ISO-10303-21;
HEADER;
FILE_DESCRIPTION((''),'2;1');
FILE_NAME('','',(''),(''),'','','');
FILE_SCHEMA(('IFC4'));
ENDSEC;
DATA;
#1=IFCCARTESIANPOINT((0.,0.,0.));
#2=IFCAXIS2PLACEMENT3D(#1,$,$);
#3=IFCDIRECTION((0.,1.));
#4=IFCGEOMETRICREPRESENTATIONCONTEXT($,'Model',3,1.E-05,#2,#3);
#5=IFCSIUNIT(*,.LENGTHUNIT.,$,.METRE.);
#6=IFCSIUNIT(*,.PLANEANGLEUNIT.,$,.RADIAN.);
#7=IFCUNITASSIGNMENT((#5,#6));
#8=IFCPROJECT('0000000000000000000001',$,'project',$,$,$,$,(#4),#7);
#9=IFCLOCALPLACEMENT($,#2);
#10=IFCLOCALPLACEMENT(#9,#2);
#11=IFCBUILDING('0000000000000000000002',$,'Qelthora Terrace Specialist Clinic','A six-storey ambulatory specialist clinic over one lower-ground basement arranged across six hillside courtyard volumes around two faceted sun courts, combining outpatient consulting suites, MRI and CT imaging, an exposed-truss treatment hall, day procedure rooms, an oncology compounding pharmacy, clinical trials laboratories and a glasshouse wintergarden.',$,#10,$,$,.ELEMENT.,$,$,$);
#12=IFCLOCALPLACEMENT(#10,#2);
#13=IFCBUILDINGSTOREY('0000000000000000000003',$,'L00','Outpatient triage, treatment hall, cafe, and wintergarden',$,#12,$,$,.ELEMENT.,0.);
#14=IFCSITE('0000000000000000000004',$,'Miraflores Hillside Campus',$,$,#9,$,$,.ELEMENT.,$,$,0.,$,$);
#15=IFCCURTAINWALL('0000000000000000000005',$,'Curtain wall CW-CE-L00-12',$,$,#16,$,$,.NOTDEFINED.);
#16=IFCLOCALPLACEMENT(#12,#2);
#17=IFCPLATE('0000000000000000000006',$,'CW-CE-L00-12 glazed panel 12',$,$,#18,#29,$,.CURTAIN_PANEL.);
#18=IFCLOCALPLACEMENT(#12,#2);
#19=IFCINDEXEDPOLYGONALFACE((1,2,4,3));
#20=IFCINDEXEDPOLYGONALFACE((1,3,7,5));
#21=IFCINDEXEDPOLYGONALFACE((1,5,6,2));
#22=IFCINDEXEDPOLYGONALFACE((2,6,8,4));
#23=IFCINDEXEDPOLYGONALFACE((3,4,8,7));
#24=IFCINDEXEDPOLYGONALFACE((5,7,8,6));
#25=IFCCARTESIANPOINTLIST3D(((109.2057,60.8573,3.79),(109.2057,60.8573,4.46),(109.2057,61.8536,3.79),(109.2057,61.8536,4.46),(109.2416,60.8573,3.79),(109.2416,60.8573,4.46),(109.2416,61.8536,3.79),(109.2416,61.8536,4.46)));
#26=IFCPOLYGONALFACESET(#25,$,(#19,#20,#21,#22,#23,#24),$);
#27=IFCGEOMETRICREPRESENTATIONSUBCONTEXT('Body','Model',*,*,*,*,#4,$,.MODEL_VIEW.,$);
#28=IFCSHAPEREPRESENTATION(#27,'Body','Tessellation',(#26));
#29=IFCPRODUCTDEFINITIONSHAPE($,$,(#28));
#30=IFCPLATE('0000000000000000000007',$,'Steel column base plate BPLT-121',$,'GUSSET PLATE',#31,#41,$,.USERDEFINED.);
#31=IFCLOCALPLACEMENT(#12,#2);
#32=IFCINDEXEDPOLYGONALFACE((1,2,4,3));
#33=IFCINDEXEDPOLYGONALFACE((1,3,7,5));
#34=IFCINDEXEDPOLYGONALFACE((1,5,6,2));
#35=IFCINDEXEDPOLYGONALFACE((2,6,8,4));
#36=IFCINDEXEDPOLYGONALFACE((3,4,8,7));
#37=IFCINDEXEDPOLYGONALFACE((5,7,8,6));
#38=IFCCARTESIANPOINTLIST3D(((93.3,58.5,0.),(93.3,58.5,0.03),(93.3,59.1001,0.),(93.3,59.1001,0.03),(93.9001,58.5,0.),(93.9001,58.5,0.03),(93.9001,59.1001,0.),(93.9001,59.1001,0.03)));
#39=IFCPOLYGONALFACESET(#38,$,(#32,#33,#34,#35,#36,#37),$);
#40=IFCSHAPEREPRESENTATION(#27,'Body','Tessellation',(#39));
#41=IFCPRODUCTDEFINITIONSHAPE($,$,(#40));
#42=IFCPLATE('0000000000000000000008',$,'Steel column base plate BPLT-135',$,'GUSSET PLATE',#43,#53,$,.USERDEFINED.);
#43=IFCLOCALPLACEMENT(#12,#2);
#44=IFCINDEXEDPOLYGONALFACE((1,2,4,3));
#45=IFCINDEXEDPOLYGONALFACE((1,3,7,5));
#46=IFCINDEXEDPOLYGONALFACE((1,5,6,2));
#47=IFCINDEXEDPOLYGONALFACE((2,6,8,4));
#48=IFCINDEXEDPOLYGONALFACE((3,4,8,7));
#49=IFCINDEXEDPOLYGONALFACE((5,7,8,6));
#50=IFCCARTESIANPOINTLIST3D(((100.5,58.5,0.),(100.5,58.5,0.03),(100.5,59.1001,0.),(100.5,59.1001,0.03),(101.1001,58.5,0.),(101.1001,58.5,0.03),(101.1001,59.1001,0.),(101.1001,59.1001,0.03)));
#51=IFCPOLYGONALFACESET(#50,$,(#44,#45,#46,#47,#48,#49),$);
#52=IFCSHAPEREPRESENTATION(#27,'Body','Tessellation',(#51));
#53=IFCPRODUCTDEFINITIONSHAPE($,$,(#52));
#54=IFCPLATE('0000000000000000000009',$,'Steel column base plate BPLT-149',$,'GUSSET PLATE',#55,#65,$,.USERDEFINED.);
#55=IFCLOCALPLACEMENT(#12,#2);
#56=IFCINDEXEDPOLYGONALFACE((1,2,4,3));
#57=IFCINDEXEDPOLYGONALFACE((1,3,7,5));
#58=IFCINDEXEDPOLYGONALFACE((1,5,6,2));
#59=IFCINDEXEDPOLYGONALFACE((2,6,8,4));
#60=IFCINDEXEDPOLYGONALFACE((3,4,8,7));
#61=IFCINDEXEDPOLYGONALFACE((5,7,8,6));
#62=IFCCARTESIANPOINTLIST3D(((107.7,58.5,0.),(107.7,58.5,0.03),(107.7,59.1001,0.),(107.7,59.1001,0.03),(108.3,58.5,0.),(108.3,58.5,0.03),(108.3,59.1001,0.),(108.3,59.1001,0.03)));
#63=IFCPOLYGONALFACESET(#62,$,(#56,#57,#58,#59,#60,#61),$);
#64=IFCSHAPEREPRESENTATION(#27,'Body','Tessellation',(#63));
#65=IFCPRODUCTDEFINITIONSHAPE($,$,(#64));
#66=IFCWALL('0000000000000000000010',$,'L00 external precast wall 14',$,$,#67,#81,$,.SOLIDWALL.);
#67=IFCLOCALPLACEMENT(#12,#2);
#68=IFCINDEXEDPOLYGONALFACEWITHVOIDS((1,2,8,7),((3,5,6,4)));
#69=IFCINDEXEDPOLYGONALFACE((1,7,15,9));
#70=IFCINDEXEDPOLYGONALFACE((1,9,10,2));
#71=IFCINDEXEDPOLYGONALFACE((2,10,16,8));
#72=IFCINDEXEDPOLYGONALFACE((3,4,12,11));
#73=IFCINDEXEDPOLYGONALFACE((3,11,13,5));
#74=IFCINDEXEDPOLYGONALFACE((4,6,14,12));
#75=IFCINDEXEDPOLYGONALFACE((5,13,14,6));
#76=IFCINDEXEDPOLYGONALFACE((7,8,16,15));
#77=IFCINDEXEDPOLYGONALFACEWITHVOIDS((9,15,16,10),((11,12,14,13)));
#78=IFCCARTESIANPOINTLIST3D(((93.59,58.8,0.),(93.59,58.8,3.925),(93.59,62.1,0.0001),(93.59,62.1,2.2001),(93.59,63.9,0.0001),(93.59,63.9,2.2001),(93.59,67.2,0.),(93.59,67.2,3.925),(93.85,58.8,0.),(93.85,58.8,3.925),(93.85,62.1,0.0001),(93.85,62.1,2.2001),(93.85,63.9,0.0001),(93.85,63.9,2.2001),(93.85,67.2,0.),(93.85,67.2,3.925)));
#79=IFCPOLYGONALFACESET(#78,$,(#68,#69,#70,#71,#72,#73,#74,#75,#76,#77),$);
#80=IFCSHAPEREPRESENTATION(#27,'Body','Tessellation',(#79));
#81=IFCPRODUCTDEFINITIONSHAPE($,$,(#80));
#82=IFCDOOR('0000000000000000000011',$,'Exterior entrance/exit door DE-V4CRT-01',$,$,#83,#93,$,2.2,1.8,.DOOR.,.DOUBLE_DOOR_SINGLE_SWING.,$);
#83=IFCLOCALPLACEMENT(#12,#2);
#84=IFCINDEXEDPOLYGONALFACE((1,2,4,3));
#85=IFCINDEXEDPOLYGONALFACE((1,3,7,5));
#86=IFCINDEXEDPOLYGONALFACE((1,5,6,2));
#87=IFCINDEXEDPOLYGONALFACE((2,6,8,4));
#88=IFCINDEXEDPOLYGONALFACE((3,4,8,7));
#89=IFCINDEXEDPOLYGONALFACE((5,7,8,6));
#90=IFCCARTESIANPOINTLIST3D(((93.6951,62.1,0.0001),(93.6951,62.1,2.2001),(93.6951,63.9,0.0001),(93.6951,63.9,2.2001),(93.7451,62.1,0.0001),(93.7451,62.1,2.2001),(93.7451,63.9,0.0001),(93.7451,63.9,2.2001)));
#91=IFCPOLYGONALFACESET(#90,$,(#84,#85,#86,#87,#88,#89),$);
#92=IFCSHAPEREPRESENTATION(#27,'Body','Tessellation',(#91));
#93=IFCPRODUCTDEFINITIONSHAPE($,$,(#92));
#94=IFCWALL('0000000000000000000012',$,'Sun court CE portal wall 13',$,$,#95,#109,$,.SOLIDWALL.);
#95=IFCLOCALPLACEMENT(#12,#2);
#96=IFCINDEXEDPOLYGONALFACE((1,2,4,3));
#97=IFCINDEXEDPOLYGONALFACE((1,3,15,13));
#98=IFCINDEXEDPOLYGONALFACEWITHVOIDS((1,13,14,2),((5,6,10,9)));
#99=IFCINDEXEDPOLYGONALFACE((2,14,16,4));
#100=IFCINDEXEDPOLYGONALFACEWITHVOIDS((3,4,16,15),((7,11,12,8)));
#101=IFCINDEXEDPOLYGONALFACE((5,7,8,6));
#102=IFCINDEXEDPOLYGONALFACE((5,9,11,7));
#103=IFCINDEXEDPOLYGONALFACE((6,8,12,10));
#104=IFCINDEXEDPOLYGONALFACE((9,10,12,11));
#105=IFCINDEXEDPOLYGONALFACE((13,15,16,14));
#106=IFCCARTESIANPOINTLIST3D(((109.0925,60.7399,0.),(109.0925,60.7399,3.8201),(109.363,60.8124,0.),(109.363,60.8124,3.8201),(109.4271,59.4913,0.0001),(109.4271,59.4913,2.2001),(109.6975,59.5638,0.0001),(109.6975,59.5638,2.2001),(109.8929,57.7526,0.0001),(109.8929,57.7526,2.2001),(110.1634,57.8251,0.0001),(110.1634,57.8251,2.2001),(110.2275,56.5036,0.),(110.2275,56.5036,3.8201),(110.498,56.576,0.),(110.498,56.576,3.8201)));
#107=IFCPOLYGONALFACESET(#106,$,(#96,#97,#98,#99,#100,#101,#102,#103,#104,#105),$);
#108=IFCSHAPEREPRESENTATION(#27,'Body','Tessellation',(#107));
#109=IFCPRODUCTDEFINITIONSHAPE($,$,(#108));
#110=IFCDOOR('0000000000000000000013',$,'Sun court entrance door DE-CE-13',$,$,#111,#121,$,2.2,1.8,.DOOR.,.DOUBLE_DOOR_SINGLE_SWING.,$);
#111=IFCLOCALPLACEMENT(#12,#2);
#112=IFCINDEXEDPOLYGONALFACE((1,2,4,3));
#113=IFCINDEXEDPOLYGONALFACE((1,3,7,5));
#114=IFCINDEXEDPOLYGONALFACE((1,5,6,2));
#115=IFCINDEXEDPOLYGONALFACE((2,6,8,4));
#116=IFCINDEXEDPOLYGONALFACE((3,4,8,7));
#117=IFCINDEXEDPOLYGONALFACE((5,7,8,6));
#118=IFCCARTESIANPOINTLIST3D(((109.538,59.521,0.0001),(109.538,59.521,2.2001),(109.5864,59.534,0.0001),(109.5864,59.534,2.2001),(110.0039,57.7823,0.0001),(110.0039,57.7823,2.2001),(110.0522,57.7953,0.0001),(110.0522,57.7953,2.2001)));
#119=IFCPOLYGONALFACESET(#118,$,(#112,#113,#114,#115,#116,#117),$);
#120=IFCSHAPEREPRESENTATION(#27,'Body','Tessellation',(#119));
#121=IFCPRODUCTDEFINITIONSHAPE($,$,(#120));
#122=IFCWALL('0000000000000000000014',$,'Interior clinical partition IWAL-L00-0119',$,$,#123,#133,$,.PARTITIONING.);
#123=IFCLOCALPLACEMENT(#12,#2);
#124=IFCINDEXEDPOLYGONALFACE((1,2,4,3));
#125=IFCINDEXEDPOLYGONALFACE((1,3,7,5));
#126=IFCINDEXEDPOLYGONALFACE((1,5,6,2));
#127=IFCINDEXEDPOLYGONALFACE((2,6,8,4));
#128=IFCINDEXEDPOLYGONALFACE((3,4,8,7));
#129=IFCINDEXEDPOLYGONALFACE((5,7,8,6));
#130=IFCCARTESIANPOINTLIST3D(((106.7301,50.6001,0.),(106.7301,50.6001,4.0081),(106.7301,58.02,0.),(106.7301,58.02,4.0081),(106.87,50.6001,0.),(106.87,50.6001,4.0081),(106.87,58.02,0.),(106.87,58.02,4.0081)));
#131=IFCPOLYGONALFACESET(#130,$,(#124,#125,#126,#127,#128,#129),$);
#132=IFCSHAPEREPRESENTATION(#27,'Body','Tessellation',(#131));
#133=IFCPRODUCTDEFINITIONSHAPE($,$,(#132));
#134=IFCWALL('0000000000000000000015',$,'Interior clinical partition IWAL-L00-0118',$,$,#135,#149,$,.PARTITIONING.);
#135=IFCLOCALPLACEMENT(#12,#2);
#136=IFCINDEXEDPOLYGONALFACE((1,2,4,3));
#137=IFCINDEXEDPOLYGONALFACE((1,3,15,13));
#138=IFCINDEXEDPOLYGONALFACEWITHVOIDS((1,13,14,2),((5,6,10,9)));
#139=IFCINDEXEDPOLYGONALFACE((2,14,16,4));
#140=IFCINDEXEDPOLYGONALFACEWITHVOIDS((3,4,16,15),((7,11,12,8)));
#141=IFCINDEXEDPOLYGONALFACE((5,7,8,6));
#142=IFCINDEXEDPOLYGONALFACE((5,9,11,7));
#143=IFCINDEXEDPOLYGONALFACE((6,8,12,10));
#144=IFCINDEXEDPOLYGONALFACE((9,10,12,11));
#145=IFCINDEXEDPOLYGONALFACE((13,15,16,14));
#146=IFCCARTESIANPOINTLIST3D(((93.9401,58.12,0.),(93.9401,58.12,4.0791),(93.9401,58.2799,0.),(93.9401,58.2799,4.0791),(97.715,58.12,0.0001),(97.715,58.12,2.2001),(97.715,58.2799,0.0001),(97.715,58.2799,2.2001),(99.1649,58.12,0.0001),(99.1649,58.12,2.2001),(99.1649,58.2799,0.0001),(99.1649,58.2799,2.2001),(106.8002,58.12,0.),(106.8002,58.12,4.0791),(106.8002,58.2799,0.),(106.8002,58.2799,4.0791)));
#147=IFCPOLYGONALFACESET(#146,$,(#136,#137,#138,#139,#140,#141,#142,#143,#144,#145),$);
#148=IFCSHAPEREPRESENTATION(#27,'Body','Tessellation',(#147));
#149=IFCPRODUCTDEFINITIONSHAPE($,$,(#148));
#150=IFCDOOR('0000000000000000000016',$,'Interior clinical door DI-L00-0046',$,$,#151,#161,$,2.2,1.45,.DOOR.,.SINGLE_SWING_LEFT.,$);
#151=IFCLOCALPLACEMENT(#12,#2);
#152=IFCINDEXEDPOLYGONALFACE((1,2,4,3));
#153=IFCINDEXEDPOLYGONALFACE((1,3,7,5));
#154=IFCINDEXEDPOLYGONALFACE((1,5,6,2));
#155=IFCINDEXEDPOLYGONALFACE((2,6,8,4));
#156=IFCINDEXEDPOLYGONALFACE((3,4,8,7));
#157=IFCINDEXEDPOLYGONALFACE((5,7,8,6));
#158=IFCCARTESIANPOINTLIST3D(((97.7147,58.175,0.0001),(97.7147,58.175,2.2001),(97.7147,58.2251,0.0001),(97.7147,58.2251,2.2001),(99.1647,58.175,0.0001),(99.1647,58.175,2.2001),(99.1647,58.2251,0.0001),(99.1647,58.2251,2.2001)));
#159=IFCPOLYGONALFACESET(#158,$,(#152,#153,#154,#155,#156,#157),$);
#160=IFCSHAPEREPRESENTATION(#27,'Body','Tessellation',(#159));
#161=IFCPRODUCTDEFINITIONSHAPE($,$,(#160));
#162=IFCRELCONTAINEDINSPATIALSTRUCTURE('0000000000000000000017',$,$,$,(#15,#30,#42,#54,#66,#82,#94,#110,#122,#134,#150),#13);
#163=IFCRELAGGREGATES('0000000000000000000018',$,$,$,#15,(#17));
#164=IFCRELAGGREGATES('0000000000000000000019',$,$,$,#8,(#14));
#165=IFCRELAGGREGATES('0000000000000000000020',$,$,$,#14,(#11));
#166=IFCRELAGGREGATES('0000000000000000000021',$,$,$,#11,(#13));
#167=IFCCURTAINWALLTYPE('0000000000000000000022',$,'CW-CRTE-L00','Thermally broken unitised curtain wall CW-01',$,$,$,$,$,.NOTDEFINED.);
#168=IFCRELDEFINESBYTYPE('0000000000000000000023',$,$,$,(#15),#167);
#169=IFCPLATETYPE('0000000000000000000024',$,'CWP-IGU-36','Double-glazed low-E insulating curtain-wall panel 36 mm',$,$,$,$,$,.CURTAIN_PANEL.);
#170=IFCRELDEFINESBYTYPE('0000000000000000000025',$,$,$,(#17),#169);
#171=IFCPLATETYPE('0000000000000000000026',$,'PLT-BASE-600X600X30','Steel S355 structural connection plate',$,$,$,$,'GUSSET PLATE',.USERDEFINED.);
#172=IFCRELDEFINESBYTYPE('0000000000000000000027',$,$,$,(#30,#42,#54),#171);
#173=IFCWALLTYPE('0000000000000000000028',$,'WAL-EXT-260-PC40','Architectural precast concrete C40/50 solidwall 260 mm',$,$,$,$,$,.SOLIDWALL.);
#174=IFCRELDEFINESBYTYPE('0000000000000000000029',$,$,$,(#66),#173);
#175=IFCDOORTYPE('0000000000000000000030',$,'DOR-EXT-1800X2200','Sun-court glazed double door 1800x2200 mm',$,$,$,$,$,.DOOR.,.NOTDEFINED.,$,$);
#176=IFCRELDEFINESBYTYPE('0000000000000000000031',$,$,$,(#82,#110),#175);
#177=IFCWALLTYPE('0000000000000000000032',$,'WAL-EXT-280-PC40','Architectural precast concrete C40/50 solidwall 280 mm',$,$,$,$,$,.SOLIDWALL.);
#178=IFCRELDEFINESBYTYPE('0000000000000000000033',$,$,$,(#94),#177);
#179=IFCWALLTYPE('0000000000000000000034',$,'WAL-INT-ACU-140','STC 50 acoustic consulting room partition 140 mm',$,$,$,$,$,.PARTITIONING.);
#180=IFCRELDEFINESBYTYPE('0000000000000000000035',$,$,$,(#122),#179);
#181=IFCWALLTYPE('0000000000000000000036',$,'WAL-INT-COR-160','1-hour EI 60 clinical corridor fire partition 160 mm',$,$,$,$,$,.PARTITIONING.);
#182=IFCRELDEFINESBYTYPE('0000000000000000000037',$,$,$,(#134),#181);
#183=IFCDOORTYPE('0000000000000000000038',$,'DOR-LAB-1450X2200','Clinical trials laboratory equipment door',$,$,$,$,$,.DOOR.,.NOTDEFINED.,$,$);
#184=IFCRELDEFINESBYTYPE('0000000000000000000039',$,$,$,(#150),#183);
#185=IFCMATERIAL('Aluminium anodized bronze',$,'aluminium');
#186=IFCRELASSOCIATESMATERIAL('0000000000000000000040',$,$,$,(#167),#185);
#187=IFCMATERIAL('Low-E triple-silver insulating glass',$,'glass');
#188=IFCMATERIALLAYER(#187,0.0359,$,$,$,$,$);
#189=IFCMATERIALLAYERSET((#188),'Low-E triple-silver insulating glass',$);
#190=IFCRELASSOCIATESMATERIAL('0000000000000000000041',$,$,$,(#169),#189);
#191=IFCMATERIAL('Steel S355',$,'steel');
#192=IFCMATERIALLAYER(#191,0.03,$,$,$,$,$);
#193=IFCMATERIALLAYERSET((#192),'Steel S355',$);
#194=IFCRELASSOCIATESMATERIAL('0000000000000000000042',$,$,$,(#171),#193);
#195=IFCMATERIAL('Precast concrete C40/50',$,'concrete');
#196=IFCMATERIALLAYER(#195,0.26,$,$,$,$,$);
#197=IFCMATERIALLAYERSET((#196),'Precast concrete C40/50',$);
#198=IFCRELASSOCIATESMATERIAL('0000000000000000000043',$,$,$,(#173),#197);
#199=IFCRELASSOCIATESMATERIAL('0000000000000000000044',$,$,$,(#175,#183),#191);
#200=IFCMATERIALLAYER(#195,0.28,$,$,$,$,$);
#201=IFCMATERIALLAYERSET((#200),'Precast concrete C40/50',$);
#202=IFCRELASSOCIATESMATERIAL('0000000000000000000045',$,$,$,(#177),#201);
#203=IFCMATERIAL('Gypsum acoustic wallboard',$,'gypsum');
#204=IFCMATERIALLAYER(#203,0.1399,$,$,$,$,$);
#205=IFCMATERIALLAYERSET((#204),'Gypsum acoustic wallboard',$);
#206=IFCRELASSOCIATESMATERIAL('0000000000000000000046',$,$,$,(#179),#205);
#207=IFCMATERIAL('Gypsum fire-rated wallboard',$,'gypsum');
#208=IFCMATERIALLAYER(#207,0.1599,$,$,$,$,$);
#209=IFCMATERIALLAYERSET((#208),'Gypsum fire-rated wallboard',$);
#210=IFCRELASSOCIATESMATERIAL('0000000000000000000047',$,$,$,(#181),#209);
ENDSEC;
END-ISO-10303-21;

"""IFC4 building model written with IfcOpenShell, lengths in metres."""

from ifc_helpers import new_model, si_unit, direction, frame, frame_2d, origin, origin_2d, place, context, subcontext, project, spatial, rectangle, extrude, material, layer, layer_set, type_object, element, fill, aggregate, save


model = new_model("IFC4")

# Units and contexts
model_context = context("Model", 3, precision=1e-05, world=origin(), true_north=direction((0.0, 1.0)))
body_context = subcontext(model_context, "Body", "Model", "MODEL_VIEW")
ifc_project = project(units=[si_unit("LENGTHUNIT", "METRE"), si_unit("PLANEANGLEUNIT", "RADIAN")], contexts=[model_context])

# Site, building, storey
site_placement = place(None, origin())
site = spatial("IfcSite", under=ifc_project, at=site_placement, Name="Miraflores Hillside Campus", CompositionType="ELEMENT", RefElevation=0.0)
building_placement = place(site_placement, origin())
building = spatial("IfcBuilding", under=site, at=building_placement, Name="Qelthora Terrace Specialist Clinic", Description="A six-storey ambulatory specialist clinic over one lower-ground basement arranged across six hillside courtyard volumes around two faceted sun courts, combining outpatient consulting suites, MRI and CT imaging, an exposed-truss treatment hall, day procedure rooms, an oncology compounding pharmacy, clinical trials laboratories and a glasshouse wintergarden.", CompositionType="ELEMENT")
storey_placement = place(building_placement, origin())
storey = spatial("IfcBuildingStorey", under=building, at=storey_placement, Name="L00", Description="Outpatient triage, treatment hall, cafe, and wintergarden", CompositionType="ELEMENT", Elevation=0.0)

# Shared definitions
ifc_material_1 = material(Name="Steel S355", Category="steel")

# Curtain wall
ifc_material_2 = material(Name="Aluminium anodized bronze", Category="aluminium")
curtain_wall_type = type_object("IfcCurtainWallType", Name="CW-CRTE-L00", Description="Thermally broken unitised curtain wall CW-01", PredefinedType="NOTDEFINED", material=ifc_material_2)
curtain_wall_1_placement = place(storey_placement, origin())
curtain_wall_1 = element("IfcCurtainWall", 1, at=curtain_wall_1_placement, inside=storey, type_object=curtain_wall_type, Name="Curtain wall CW-CE-L00-12", PredefinedType="NOTDEFINED")

# Plate
ifc_material_3 = material(Name="Low-E triple-silver insulating glass", Category="glass")
ifc_layer_1 = layer(ifc_material_3, 0.0359)
ifc_layer_set_1 = layer_set([ifc_layer_1], Name="Low-E triple-silver insulating glass")
plate_type_1 = type_object("IfcPlateType", Name="CWP-IGU-36", Description="Double-glazed low-E insulating curtain-wall panel 36 mm", PredefinedType="CURTAIN_PANEL", material=ifc_layer_set_1)
plate_1_placement = place(storey_placement, frame((109.2236, 61.3555, 3.79), z_axis=(0.0, 0.0, 1.0), x_axis=(0.0, -1.0, 0.0)))
plate_1 = element("IfcPlate", 2, at=plate_1_placement, type_object=plate_type_1, Name="CW-CE-L00-12 glazed panel 12", PredefinedType="CURTAIN_PANEL", context=body_context, shape_type="SweptSolid", body=[
    extrude(rectangle(XDim=0.9963, YDim=0.0359, at=origin_2d()), origin(), (0.0, 0.0, 1.0), 0.6699),
])
aggregate(curtain_wall_1, [plate_1])

# Plates
ifc_layer_2 = layer(ifc_material_1, 0.03)
ifc_layer_set_2 = layer_set([ifc_layer_2], Name="Steel S355")
plate_type_2 = type_object("IfcPlateType", Name="PLT-BASE-600X600X30", Description="Steel S355 structural connection plate", ElementType="GUSSET PLATE", PredefinedType="USERDEFINED", material=ifc_layer_set_2)
for number, where, z_axis, x_axis, name in (
    (3, (93.6001, 58.8, 0.0), (0.0, 0.0, 1.0), (1.0, 0.0, 0.0), "Steel column base plate BPLT-121"),
    (4, (100.8, 58.8, 0.0), (0.0, 0.0, 1.0), (1.0, 0.0, 0.0), "Steel column base plate BPLT-135"),
    (5, (108.0, 58.8, 0.0), (0.0, 0.0, 1.0), (1.0, 0.0, 0.0), "Steel column base plate BPLT-149"),
):
    element("IfcPlate", number, at=place(storey_placement, frame(where, z_axis=z_axis, x_axis=x_axis)), inside=storey, type_object=plate_type_2, Name=name, ObjectType="GUSSET PLATE", PredefinedType="USERDEFINED", context=body_context, shape_type="SweptSolid", body=[
        extrude(rectangle(XDim=0.6001, YDim=0.6001, at=origin_2d()), origin(), (0.0, 0.0, 1.0), 0.03),
    ])

# Walls, openings, doors
ifc_material_4 = material(Name="Precast concrete C40/50", Category="concrete")
ifc_layer_3 = layer(ifc_material_4, 0.26)
ifc_layer_set_3 = layer_set([ifc_layer_3], Name="Precast concrete C40/50")
wall_type_1 = type_object("IfcWallType", Name="WAL-EXT-260-PC40", Description="Architectural precast concrete C40/50 solidwall 260 mm", PredefinedType="SOLIDWALL", material=ifc_layer_set_3)
wall_1_placement = place(storey_placement, frame((93.72, 58.8, 0.0), z_axis=(0.0, 0.0, 1.0), x_axis=(0.0, 1.0, 0.0)))
wall_1 = element("IfcWall", 6, at=wall_1_placement, inside=storey, type_object=wall_type_1, Name="L00 external precast wall 14", PredefinedType="SOLIDWALL", context=body_context, shape_type="SweptSolid", body=[
    extrude(rectangle(XDim=8.3999, YDim=0.26, at=frame_2d((4.2, 0.0))), origin(), (0.0, 0.0, 1.0), 3.925),
])
opening_1_placement = place(wall_1_placement, frame((3.3, 0.0, 0.0)))
opening_1 = element("IfcOpeningElement", 7, at=opening_1_placement, cuts=wall_1, PredefinedType="OPENING", context=body_context, shape_type="SweptSolid", body=[
    extrude(rectangle(XDim=1.8, YDim=2.2, at=frame_2d((0.8999, 1.1001))), frame((0.0, 0.1399, 0.0), z_axis=(0.0, -1.0, 0.0), x_axis=(1.0, 0.0, 0.0)), (0.0, 0.0, 1.0), 0.28),
])
door_type_1 = type_object("IfcDoorType", Name="DOR-EXT-1800X2200", Description="Sun-court glazed double door 1800x2200 mm", OperationType="NOTDEFINED", PredefinedType="DOOR", material=ifc_material_1)
door_1_placement = place(opening_1_placement, origin())
door_1 = element("IfcDoor", 8, at=door_1_placement, inside=storey, type_object=door_type_1, Name="Exterior entrance/exit door DE-V4CRT-01", OperationType="DOUBLE_DOOR_SINGLE_SWING", OverallHeight=2.2, OverallWidth=1.8, PredefinedType="DOOR", context=body_context, shape_type="SweptSolid", body=[
    extrude(rectangle(XDim=1.8, YDim=2.2, at=frame_2d((0.8999, 1.1001))), frame((0.0, 0.0249, 0.0), z_axis=(0.0, -1.0, 0.0), x_axis=(1.0, 0.0, 0.0)), (0.0, 0.0, 1.0), 0.05),
])
fill(opening_1, door_1)
ifc_layer_4 = layer(ifc_material_4, 0.28)
ifc_layer_set_4 = layer_set([ifc_layer_4], Name="Precast concrete C40/50")
wall_type_2 = type_object("IfcWallType", Name="WAL-EXT-280-PC40", Description="Architectural precast concrete C40/50 solidwall 280 mm", PredefinedType="SOLIDWALL", material=ifc_layer_set_4)
wall_2_placement = place(storey_placement, frame((109.2278, 60.7761, 0.0), z_axis=(0.0, 0.0, 1.0), x_axis=(0.258795, -0.965932, 0.0)))
wall_2 = element("IfcWall", 9, at=wall_2_placement, inside=storey, type_object=wall_type_2, Name="Sun court CE portal wall 13", PredefinedType="SOLIDWALL", context=body_context, shape_type="SweptSolid", body=[
    extrude(rectangle(XDim=4.3857, YDim=0.28, at=frame_2d((2.1929, 0.0))), origin(), (0.0, 0.0, 1.0), 3.8201),
])
opening_2_placement = place(wall_2_placement, frame((1.2927, 0.0, 0.0)))
opening_2 = element("IfcOpeningElement", 10, at=opening_2_placement, cuts=wall_2, PredefinedType="OPENING", context=body_context, shape_type="SweptSolid", body=[
    extrude(rectangle(XDim=1.8, YDim=2.2, at=frame_2d((0.8999, 1.1001))), frame((0.0, 0.1499, 0.0), z_axis=(0.0, -1.0, 0.0), x_axis=(1.0, 0.0, 0.0)), (0.0, 0.0, 1.0), 0.3),
])
door_2_placement = place(opening_2_placement, origin())
door_2 = element("IfcDoor", 11, at=door_2_placement, inside=storey, type_object=door_type_1, Name="Sun court entrance door DE-CE-13", OperationType="DOUBLE_DOOR_SINGLE_SWING", OverallHeight=2.2, OverallWidth=1.8, PredefinedType="DOOR", context=body_context, shape_type="SweptSolid", body=[
    extrude(rectangle(XDim=1.8, YDim=2.2, at=frame_2d((0.8999, 1.1001))), frame((0.0, 0.0249, 0.0), z_axis=(0.0, -1.0, 0.0), x_axis=(1.0, 0.0, 0.0)), (0.0, 0.0, 1.0), 0.05),
])
fill(opening_2, door_2)

# Wall
ifc_material_5 = material(Name="Gypsum acoustic wallboard", Category="gypsum")
ifc_layer_5 = layer(ifc_material_5, 0.1399)
ifc_layer_set_5 = layer_set([ifc_layer_5], Name="Gypsum acoustic wallboard")
wall_type_3 = type_object("IfcWallType", Name="WAL-INT-ACU-140", Description="STC 50 acoustic consulting room partition 140 mm", PredefinedType="PARTITIONING", material=ifc_layer_set_5)
wall_3_placement = place(storey_placement, frame((106.8, 58.02, 0.0), z_axis=(0.0, 0.0, 1.0), x_axis=(0.0, -1.0, 0.0)))
element("IfcWall", 12, at=wall_3_placement, inside=storey, type_object=wall_type_3, Name="Interior clinical partition IWAL-L00-0119", PredefinedType="PARTITIONING", context=body_context, shape_type="SweptSolid", body=[
    extrude(rectangle(XDim=7.4199, YDim=0.1399, at=frame_2d((3.71, 0.0))), origin(), (0.0, 0.0, 1.0), 4.0081),
])

# Wall, opening, door
ifc_material_6 = material(Name="Gypsum fire-rated wallboard", Category="gypsum")
ifc_layer_6 = layer(ifc_material_6, 0.1599)
ifc_layer_set_6 = layer_set([ifc_layer_6], Name="Gypsum fire-rated wallboard")
wall_type_4 = type_object("IfcWallType", Name="WAL-INT-COR-160", Description="1-hour EI 60 clinical corridor fire partition 160 mm", PredefinedType="PARTITIONING", material=ifc_layer_set_6)
wall_4_placement = place(storey_placement, frame((93.9399, 58.2, 0.0), z_axis=(0.0, 0.0, 1.0), x_axis=(1.0, 0.0, 0.0)))
wall_4 = element("IfcWall", 13, at=wall_4_placement, inside=storey, type_object=wall_type_4, Name="Interior clinical partition IWAL-L00-0118", PredefinedType="PARTITIONING", context=body_context, shape_type="SweptSolid", body=[
    extrude(rectangle(XDim=12.8601, YDim=0.1599, at=frame_2d((6.4302, 0.0))), origin(), (0.0, 0.0, 1.0), 4.0791),
])
opening_3_placement = place(wall_4_placement, frame((3.7749, 0.0, 0.0)))
opening_3 = element("IfcOpeningElement", 14, at=opening_3_placement, cuts=wall_4, PredefinedType="OPENING", context=body_context, shape_type="SweptSolid", body=[
    extrude(rectangle(XDim=1.45, YDim=2.2, at=frame_2d((0.7251, 1.1001))), frame((0.0, 0.0898, 0.0), z_axis=(0.0, -1.0, 0.0), x_axis=(1.0, 0.0, 0.0)), (0.0, 0.0, 1.0), 0.1799),
])
door_type_2 = type_object("IfcDoorType", Name="DOR-LAB-1450X2200", Description="Clinical trials laboratory equipment door", OperationType="NOTDEFINED", PredefinedType="DOOR", material=ifc_material_1)
door_3_placement = place(opening_3_placement, frame((1.45, 0.0, 0.0), z_axis=(0.0, 0.0, 1.0), x_axis=(-1.0, 0.0, 0.0)))
door_3 = element("IfcDoor", 15, at=door_3_placement, inside=storey, type_object=door_type_2, Name="Interior clinical door DI-L00-0046", OperationType="SINGLE_SWING_LEFT", OverallHeight=2.2, OverallWidth=1.45, PredefinedType="DOOR", context=body_context, shape_type="SweptSolid", body=[
    extrude(rectangle(XDim=1.45, YDim=2.2, at=frame_2d((0.7251, 1.1001))), frame((0.0, 0.0249, 0.0), z_axis=(0.0, -1.0, 0.0), x_axis=(1.0, 0.0, 0.0)), (0.0, 0.0, 1.0), 0.05),
])
fill(opening_3, door_3)

save(model, "model.ifc")
